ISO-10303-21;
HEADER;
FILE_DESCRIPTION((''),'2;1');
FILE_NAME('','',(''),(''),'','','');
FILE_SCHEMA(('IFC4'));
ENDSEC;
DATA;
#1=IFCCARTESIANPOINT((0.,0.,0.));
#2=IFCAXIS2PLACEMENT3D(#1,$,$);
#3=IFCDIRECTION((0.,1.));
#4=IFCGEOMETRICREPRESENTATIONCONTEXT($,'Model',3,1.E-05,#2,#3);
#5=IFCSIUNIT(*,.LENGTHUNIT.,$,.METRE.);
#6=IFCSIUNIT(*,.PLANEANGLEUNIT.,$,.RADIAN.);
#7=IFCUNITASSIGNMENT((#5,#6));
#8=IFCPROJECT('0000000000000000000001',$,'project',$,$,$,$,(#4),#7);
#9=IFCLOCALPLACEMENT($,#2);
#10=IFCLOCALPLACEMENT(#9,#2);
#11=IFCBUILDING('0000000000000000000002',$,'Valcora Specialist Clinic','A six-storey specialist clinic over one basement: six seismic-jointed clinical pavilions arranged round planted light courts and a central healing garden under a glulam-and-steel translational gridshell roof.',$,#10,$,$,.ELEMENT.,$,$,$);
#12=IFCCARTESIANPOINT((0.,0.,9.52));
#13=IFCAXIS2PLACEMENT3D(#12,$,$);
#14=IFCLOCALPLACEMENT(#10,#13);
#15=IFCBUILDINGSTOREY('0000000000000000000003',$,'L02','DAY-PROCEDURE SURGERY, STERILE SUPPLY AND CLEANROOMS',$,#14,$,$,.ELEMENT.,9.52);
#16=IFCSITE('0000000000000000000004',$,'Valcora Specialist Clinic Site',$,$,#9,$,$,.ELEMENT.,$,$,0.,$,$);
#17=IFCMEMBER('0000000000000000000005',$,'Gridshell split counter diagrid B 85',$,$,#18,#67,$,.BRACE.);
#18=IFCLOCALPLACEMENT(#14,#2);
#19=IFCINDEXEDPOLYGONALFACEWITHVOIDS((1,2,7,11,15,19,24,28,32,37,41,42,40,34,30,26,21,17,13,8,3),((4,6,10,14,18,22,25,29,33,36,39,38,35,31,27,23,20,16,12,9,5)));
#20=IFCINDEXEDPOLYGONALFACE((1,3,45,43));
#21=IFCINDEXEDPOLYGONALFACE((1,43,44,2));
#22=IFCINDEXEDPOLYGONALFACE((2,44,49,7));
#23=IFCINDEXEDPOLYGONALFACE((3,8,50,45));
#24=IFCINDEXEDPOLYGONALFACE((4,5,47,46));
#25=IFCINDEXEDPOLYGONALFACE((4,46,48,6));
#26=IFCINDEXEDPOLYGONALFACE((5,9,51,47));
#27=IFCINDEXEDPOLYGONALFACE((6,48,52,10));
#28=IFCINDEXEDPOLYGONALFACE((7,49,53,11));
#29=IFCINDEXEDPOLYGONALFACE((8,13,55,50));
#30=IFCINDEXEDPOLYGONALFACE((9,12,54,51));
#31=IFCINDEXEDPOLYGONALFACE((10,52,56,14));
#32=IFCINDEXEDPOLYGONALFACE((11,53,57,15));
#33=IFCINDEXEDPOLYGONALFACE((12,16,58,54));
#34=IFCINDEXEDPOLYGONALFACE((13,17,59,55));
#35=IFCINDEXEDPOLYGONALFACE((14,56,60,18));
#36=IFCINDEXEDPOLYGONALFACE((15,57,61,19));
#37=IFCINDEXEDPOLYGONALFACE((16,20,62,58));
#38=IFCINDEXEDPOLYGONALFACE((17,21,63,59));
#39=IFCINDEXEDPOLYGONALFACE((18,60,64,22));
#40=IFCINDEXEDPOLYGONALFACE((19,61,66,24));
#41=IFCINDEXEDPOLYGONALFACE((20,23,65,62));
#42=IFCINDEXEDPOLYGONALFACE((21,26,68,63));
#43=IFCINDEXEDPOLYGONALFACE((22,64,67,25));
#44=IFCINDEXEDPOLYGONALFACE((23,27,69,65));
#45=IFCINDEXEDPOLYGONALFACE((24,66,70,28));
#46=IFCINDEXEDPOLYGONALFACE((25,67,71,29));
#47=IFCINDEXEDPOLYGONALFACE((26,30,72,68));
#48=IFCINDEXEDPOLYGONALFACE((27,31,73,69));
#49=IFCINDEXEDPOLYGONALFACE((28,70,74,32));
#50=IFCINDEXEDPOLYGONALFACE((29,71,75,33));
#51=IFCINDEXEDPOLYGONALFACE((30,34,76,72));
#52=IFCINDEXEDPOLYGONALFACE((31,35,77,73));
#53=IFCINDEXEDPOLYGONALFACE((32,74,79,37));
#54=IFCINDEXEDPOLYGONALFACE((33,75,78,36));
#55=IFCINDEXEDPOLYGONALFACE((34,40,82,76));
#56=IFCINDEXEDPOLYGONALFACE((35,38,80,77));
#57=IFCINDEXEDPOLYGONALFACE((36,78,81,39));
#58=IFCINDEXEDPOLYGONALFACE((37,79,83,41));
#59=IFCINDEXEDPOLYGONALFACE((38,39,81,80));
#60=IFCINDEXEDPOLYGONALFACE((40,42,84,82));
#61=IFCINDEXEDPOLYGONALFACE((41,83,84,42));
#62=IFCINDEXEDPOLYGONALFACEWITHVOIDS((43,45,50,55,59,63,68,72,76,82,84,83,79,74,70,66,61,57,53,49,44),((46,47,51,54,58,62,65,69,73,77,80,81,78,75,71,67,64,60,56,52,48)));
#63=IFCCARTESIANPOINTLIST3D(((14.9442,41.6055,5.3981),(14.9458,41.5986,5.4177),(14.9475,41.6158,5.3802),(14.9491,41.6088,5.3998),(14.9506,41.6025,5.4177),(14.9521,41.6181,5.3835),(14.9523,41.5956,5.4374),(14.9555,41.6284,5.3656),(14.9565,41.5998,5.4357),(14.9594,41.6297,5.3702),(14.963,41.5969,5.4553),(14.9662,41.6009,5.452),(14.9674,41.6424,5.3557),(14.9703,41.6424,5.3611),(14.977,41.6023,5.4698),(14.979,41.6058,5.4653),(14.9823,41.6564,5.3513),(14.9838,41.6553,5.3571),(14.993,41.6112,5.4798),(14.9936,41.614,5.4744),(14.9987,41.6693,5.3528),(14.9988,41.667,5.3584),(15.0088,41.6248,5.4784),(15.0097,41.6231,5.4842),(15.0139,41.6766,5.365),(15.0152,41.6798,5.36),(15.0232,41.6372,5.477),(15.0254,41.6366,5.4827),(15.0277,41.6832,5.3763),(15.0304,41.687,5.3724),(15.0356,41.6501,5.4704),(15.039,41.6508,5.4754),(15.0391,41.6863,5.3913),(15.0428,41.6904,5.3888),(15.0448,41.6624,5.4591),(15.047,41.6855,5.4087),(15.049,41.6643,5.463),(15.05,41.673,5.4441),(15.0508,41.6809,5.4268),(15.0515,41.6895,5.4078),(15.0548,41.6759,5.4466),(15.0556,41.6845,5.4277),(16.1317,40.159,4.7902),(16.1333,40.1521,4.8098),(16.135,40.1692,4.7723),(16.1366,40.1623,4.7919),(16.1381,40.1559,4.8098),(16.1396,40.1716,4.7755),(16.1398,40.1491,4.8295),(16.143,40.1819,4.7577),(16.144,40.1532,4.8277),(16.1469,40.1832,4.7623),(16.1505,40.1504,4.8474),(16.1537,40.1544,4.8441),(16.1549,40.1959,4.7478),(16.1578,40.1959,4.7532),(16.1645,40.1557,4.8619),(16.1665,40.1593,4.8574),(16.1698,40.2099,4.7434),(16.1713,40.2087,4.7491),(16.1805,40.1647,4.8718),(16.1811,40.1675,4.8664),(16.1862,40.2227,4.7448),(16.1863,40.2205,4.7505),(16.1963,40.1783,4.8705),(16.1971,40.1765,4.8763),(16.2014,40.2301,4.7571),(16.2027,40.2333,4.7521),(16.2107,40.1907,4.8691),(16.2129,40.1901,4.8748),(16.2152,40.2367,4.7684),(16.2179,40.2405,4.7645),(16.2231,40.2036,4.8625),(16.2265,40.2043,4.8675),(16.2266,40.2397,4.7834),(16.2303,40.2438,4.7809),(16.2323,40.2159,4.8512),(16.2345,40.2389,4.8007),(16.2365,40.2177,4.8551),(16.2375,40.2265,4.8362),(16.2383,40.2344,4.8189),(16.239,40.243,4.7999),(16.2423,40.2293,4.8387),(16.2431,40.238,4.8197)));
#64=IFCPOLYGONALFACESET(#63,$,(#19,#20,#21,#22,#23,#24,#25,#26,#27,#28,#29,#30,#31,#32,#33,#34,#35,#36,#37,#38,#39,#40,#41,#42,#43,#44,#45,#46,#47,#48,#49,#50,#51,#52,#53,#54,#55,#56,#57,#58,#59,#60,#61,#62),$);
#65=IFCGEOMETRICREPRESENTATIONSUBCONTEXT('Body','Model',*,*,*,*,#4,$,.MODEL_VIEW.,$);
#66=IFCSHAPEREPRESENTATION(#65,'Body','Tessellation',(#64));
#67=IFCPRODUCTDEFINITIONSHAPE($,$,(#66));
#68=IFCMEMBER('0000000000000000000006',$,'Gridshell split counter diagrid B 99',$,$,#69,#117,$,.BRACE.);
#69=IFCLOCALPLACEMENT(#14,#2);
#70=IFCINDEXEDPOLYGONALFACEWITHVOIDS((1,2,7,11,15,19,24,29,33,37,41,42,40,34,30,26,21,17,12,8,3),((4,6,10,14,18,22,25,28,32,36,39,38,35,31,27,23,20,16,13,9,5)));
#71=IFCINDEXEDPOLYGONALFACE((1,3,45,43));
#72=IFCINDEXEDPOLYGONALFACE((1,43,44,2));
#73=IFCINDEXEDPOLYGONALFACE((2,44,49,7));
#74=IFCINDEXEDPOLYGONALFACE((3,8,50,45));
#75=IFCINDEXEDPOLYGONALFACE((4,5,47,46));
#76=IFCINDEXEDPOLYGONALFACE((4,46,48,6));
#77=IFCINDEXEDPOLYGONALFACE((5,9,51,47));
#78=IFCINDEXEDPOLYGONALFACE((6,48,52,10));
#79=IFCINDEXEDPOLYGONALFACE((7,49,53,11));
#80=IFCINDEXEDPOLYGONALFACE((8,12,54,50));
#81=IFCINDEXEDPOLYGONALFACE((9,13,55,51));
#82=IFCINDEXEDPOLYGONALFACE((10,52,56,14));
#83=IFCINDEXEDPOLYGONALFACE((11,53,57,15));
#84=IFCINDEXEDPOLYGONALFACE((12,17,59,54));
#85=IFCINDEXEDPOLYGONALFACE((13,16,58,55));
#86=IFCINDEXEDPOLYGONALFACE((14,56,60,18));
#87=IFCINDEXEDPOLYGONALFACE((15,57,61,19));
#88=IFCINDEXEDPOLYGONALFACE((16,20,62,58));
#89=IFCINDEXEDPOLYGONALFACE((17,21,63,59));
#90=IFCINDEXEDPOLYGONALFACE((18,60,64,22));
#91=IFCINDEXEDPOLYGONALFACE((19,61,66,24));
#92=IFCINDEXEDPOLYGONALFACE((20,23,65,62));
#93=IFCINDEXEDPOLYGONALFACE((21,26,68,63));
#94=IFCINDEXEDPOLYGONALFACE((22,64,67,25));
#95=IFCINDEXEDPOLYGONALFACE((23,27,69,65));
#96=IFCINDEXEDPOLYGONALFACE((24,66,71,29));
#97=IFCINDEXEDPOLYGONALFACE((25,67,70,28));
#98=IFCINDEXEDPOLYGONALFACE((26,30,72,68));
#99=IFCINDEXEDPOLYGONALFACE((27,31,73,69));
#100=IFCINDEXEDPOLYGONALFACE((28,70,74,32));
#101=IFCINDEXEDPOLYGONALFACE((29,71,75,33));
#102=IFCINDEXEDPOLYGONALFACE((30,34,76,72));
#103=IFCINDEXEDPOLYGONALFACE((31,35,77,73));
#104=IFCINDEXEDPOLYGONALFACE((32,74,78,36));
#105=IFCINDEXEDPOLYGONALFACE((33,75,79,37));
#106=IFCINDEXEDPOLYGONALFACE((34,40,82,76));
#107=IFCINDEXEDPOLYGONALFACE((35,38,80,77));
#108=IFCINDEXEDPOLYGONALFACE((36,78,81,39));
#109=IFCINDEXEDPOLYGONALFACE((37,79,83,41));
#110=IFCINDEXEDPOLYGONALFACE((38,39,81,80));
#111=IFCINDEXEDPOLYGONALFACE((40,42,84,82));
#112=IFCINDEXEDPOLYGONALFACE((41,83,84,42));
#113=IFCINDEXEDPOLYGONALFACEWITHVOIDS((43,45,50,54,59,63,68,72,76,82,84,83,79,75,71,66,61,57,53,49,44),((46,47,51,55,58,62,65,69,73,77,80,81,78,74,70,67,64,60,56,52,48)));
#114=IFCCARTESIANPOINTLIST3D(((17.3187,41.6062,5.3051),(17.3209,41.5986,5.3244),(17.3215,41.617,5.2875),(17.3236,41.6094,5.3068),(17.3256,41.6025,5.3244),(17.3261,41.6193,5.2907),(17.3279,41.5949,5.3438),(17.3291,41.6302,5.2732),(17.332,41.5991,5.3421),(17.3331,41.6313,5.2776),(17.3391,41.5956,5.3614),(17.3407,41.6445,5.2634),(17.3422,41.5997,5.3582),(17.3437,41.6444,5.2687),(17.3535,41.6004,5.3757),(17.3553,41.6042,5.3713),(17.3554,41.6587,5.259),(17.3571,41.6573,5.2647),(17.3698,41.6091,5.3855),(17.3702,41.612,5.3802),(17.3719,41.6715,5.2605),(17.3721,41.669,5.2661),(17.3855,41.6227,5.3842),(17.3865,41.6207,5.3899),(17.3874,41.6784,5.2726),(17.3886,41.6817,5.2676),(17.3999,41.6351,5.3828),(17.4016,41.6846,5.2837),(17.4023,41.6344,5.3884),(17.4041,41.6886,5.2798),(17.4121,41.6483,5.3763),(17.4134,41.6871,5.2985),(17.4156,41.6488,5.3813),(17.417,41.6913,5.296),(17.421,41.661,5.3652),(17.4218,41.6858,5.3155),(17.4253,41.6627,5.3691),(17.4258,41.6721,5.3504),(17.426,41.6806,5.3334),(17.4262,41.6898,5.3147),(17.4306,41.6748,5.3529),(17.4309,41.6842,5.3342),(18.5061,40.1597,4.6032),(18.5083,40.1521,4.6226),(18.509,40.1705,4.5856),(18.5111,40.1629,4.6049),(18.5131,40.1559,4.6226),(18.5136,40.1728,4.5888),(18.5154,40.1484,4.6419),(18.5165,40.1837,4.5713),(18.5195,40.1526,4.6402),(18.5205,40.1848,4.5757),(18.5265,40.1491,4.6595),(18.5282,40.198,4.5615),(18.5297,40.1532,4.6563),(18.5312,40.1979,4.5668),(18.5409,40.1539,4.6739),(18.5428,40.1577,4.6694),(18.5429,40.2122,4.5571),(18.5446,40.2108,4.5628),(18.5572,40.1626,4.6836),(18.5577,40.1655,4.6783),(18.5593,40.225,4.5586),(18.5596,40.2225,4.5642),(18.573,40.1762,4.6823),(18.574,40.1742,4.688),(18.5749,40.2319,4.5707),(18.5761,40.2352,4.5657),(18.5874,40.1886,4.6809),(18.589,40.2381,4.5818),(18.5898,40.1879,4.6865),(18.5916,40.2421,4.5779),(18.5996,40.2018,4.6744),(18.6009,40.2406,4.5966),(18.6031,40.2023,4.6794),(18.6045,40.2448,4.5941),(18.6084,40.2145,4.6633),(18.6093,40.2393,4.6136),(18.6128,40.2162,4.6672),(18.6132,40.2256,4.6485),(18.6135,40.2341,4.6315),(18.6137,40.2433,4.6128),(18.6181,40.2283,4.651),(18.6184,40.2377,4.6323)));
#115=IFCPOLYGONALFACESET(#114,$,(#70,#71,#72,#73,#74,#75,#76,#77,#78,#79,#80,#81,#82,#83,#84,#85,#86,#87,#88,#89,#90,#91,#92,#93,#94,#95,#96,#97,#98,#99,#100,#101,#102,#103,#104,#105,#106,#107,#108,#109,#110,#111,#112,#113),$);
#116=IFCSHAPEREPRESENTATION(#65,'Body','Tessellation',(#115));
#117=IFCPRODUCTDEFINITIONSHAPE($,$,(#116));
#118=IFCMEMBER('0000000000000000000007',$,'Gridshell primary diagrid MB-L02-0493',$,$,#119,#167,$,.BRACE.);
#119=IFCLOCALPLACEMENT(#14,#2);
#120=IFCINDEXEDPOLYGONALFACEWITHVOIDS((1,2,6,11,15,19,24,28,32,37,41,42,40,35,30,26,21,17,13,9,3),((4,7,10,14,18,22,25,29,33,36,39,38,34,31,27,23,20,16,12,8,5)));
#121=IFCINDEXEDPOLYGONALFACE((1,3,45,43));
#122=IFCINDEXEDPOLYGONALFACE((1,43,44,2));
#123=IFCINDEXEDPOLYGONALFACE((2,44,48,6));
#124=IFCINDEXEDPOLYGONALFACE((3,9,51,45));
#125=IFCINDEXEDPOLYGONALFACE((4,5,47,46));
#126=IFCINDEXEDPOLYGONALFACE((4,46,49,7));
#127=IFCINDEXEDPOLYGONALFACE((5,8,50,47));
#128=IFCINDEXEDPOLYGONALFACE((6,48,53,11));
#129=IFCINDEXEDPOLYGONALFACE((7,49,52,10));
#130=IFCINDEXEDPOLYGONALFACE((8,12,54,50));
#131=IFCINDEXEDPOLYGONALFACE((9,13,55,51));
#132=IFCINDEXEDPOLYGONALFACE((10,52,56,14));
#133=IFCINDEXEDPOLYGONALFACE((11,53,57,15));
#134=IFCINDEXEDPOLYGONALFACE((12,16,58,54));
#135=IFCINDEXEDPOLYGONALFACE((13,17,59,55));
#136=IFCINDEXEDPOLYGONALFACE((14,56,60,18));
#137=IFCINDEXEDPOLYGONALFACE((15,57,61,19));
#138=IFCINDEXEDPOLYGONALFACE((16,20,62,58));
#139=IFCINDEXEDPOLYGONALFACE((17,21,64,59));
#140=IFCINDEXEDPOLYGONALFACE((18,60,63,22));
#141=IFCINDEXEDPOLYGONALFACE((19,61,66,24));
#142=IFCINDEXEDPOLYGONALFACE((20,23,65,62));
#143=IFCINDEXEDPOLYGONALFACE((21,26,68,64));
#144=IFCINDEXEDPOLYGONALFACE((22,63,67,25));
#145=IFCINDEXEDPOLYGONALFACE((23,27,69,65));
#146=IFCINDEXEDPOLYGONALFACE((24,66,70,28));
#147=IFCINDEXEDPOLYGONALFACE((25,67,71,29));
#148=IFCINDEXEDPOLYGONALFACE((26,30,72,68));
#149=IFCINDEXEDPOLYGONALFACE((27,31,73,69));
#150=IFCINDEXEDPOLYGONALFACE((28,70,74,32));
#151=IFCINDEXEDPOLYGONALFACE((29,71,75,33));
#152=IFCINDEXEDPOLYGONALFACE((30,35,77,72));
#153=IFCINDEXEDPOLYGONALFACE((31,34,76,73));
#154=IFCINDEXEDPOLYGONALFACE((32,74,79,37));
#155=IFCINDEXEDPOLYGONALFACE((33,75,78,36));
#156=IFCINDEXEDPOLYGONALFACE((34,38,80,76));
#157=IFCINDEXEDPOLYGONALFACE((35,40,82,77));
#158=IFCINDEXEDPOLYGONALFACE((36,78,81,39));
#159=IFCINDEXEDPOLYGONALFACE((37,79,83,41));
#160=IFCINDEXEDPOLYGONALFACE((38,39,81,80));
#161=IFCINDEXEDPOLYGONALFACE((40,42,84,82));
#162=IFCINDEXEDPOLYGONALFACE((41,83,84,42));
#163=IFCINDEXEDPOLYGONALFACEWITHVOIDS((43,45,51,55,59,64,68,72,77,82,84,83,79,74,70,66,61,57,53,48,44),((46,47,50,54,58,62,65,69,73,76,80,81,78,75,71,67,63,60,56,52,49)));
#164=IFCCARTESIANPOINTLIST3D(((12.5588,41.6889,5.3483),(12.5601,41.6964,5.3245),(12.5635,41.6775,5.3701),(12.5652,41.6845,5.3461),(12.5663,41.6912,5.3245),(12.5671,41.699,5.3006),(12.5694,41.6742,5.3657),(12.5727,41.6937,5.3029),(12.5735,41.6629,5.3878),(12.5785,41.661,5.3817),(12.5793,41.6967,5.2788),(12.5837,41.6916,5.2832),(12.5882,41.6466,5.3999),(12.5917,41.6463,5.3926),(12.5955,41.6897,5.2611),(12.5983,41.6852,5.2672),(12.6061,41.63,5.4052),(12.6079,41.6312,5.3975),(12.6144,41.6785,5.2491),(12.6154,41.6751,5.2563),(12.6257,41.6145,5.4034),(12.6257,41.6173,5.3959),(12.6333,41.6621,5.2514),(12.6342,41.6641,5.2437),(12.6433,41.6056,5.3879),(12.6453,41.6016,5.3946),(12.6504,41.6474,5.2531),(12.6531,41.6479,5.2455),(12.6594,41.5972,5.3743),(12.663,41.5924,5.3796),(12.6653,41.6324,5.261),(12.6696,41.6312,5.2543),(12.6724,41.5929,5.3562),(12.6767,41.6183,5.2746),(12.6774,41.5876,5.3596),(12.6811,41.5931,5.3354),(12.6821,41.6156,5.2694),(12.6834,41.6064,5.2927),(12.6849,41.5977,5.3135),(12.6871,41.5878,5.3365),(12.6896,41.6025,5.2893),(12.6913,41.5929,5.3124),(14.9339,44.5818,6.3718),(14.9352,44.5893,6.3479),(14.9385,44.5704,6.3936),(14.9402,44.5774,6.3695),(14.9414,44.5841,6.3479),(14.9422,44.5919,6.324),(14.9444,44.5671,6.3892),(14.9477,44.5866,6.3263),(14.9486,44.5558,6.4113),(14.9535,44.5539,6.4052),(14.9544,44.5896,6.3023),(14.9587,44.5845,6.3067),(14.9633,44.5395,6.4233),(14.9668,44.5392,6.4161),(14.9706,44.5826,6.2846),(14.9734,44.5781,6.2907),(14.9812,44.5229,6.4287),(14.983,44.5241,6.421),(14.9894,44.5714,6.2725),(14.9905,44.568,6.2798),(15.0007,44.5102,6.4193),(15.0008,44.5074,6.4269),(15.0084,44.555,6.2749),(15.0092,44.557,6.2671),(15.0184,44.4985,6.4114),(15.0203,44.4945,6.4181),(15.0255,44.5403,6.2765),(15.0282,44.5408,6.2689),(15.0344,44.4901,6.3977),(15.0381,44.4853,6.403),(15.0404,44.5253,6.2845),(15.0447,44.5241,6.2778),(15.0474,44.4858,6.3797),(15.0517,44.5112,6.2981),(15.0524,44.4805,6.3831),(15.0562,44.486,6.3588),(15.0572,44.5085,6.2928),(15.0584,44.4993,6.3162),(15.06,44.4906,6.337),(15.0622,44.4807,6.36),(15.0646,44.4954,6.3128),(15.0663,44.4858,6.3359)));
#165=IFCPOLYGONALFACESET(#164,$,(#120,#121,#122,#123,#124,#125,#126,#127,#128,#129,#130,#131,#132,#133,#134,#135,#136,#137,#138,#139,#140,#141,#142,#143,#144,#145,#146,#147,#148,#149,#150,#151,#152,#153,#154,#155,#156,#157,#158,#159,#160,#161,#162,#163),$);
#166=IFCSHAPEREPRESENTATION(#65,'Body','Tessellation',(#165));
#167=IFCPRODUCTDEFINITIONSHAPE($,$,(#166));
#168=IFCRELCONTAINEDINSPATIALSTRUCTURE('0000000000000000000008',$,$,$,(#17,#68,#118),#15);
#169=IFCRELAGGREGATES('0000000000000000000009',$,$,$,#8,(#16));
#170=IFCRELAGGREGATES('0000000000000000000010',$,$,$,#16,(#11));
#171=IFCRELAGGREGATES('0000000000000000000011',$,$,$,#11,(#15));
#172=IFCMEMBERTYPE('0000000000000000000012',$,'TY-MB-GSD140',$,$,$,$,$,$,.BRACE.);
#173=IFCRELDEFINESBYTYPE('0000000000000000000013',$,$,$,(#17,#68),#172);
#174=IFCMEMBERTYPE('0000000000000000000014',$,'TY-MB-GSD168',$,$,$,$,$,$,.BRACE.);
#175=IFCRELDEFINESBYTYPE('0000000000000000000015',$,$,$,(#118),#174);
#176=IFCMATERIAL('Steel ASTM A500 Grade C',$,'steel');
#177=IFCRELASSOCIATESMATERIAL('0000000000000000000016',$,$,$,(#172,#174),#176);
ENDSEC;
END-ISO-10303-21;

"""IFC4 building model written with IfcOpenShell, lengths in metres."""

from ifc_helpers import new_model, si_unit, direction, frame, origin, origin_2d, place, context, subcontext, project, spatial, hollow_circle, extrude, material, material_profile, profile_set, type_object, element, save


model = new_model("IFC4")

# Units and contexts
model_context = context("Model", 3, precision=1e-05, world=origin(), true_north=direction((0.0, 1.0)))
body_context = subcontext(model_context, "Body", "Model", "MODEL_VIEW")
ifc_project = project(units=[si_unit("LENGTHUNIT", "METRE"), si_unit("PLANEANGLEUNIT", "RADIAN")], contexts=[model_context])

# Site, building, storey
site_placement = place(None, origin())
site = spatial("IfcSite", under=ifc_project, at=site_placement, Name="Valcora Specialist Clinic Site", CompositionType="ELEMENT", RefElevation=0.0)
building_placement = place(site_placement, origin())
building = spatial("IfcBuilding", under=site, at=building_placement, Name="Valcora Specialist Clinic", Description="A six-storey specialist clinic over one basement: six seismic-jointed clinical pavilions arranged round planted light courts and a central healing garden under a glulam-and-steel translational gridshell roof.", CompositionType="ELEMENT")
storey_placement = place(building_placement, frame((0.0, 0.0, 9.52)))
storey = spatial("IfcBuildingStorey", under=building, at=storey_placement, Name="L02", Description="DAY-PROCEDURE SURGERY, STERILE SUPPLY AND CLEANROOMS", CompositionType="ELEMENT", Elevation=9.52)

# Members
ifc_material_1 = material(Name="Steel ASTM A500 Grade C", Category="steel")
ifc_material_profile_1 = material_profile(ifc_material_1, hollow_circle(Radius=0.0701, WallThickness=0.0061, at=origin_2d()), Name="ST-CHS-140X6")
ifc_profile_set_1 = profile_set([ifc_material_profile_1], Name="Steel ASTM A500 Grade C")
member_type_1 = type_object("IfcMemberType", Name="TY-MB-GSD140", PredefinedType="BRACE", material=ifc_profile_set_1)
member_1_placement = place(storey_placement, frame((16.1875, 40.1965, 4.8098), z_axis=(-0.603471, 0.735108, 0.308932), x_axis=(-0.772916, -0.634508, 0.0)))
element("IfcMember", 1, at=member_1_placement, inside=storey, type_object=member_type_1, Name="Gridshell split counter diagrid B 85", PredefinedType="BRACE", context=body_context, shape_type="SweptSolid", body=[
    extrude(hollow_circle(Radius=0.0701, WallThickness=0.0061, at=origin_2d()), origin(), (0.0, 0.0, 1.0), 1.9678),
])
member_2_placement = place(storey_placement, frame((18.5625, 40.1965, 4.6226), z_axis=(-0.5941, 0.723693, 0.351159), x_axis=(-0.772916, -0.634508, 0.0)))
element("IfcMember", 2, at=member_2_placement, inside=storey, type_object=member_type_1, Name="Gridshell split counter diagrid B 99", PredefinedType="BRACE", context=body_context, shape_type="SweptSolid", body=[
    extrude(hollow_circle(Radius=0.0701, WallThickness=0.0061, at=origin_2d()), origin(), (0.0, 0.0, 1.0), 1.9988),
])
ifc_material_profile_2 = material_profile(ifc_material_1, hollow_circle(Radius=0.084, WallThickness=0.0081, at=origin_2d()), Name="ST-CHS-168X8")
ifc_profile_set_2 = profile_set([ifc_material_profile_2], Name="Steel ASTM A500 Grade C")
member_type_2 = type_object("IfcMemberType", Name="TY-MB-GSD168", PredefinedType="BRACE", material=ifc_profile_set_2)
member_3_placement = place(storey_placement, frame((12.625, 41.6431, 5.3245), z_axis=(0.612071, 0.745521, 0.263754), x_axis=(-0.77289, 0.63454, 0.0)))
element("IfcMember", 3, at=member_3_placement, inside=storey, type_object=member_type_2, Name="Gridshell primary diagrid MB-L02-0493", PredefinedType="BRACE", context=body_context, shape_type="SweptSolid", body=[
    extrude(hollow_circle(Radius=0.084, WallThickness=0.0081, at=origin_2d()), origin(), (0.0, 0.0, 1.0), 3.8804),
])

save(model, "model.ifc")
